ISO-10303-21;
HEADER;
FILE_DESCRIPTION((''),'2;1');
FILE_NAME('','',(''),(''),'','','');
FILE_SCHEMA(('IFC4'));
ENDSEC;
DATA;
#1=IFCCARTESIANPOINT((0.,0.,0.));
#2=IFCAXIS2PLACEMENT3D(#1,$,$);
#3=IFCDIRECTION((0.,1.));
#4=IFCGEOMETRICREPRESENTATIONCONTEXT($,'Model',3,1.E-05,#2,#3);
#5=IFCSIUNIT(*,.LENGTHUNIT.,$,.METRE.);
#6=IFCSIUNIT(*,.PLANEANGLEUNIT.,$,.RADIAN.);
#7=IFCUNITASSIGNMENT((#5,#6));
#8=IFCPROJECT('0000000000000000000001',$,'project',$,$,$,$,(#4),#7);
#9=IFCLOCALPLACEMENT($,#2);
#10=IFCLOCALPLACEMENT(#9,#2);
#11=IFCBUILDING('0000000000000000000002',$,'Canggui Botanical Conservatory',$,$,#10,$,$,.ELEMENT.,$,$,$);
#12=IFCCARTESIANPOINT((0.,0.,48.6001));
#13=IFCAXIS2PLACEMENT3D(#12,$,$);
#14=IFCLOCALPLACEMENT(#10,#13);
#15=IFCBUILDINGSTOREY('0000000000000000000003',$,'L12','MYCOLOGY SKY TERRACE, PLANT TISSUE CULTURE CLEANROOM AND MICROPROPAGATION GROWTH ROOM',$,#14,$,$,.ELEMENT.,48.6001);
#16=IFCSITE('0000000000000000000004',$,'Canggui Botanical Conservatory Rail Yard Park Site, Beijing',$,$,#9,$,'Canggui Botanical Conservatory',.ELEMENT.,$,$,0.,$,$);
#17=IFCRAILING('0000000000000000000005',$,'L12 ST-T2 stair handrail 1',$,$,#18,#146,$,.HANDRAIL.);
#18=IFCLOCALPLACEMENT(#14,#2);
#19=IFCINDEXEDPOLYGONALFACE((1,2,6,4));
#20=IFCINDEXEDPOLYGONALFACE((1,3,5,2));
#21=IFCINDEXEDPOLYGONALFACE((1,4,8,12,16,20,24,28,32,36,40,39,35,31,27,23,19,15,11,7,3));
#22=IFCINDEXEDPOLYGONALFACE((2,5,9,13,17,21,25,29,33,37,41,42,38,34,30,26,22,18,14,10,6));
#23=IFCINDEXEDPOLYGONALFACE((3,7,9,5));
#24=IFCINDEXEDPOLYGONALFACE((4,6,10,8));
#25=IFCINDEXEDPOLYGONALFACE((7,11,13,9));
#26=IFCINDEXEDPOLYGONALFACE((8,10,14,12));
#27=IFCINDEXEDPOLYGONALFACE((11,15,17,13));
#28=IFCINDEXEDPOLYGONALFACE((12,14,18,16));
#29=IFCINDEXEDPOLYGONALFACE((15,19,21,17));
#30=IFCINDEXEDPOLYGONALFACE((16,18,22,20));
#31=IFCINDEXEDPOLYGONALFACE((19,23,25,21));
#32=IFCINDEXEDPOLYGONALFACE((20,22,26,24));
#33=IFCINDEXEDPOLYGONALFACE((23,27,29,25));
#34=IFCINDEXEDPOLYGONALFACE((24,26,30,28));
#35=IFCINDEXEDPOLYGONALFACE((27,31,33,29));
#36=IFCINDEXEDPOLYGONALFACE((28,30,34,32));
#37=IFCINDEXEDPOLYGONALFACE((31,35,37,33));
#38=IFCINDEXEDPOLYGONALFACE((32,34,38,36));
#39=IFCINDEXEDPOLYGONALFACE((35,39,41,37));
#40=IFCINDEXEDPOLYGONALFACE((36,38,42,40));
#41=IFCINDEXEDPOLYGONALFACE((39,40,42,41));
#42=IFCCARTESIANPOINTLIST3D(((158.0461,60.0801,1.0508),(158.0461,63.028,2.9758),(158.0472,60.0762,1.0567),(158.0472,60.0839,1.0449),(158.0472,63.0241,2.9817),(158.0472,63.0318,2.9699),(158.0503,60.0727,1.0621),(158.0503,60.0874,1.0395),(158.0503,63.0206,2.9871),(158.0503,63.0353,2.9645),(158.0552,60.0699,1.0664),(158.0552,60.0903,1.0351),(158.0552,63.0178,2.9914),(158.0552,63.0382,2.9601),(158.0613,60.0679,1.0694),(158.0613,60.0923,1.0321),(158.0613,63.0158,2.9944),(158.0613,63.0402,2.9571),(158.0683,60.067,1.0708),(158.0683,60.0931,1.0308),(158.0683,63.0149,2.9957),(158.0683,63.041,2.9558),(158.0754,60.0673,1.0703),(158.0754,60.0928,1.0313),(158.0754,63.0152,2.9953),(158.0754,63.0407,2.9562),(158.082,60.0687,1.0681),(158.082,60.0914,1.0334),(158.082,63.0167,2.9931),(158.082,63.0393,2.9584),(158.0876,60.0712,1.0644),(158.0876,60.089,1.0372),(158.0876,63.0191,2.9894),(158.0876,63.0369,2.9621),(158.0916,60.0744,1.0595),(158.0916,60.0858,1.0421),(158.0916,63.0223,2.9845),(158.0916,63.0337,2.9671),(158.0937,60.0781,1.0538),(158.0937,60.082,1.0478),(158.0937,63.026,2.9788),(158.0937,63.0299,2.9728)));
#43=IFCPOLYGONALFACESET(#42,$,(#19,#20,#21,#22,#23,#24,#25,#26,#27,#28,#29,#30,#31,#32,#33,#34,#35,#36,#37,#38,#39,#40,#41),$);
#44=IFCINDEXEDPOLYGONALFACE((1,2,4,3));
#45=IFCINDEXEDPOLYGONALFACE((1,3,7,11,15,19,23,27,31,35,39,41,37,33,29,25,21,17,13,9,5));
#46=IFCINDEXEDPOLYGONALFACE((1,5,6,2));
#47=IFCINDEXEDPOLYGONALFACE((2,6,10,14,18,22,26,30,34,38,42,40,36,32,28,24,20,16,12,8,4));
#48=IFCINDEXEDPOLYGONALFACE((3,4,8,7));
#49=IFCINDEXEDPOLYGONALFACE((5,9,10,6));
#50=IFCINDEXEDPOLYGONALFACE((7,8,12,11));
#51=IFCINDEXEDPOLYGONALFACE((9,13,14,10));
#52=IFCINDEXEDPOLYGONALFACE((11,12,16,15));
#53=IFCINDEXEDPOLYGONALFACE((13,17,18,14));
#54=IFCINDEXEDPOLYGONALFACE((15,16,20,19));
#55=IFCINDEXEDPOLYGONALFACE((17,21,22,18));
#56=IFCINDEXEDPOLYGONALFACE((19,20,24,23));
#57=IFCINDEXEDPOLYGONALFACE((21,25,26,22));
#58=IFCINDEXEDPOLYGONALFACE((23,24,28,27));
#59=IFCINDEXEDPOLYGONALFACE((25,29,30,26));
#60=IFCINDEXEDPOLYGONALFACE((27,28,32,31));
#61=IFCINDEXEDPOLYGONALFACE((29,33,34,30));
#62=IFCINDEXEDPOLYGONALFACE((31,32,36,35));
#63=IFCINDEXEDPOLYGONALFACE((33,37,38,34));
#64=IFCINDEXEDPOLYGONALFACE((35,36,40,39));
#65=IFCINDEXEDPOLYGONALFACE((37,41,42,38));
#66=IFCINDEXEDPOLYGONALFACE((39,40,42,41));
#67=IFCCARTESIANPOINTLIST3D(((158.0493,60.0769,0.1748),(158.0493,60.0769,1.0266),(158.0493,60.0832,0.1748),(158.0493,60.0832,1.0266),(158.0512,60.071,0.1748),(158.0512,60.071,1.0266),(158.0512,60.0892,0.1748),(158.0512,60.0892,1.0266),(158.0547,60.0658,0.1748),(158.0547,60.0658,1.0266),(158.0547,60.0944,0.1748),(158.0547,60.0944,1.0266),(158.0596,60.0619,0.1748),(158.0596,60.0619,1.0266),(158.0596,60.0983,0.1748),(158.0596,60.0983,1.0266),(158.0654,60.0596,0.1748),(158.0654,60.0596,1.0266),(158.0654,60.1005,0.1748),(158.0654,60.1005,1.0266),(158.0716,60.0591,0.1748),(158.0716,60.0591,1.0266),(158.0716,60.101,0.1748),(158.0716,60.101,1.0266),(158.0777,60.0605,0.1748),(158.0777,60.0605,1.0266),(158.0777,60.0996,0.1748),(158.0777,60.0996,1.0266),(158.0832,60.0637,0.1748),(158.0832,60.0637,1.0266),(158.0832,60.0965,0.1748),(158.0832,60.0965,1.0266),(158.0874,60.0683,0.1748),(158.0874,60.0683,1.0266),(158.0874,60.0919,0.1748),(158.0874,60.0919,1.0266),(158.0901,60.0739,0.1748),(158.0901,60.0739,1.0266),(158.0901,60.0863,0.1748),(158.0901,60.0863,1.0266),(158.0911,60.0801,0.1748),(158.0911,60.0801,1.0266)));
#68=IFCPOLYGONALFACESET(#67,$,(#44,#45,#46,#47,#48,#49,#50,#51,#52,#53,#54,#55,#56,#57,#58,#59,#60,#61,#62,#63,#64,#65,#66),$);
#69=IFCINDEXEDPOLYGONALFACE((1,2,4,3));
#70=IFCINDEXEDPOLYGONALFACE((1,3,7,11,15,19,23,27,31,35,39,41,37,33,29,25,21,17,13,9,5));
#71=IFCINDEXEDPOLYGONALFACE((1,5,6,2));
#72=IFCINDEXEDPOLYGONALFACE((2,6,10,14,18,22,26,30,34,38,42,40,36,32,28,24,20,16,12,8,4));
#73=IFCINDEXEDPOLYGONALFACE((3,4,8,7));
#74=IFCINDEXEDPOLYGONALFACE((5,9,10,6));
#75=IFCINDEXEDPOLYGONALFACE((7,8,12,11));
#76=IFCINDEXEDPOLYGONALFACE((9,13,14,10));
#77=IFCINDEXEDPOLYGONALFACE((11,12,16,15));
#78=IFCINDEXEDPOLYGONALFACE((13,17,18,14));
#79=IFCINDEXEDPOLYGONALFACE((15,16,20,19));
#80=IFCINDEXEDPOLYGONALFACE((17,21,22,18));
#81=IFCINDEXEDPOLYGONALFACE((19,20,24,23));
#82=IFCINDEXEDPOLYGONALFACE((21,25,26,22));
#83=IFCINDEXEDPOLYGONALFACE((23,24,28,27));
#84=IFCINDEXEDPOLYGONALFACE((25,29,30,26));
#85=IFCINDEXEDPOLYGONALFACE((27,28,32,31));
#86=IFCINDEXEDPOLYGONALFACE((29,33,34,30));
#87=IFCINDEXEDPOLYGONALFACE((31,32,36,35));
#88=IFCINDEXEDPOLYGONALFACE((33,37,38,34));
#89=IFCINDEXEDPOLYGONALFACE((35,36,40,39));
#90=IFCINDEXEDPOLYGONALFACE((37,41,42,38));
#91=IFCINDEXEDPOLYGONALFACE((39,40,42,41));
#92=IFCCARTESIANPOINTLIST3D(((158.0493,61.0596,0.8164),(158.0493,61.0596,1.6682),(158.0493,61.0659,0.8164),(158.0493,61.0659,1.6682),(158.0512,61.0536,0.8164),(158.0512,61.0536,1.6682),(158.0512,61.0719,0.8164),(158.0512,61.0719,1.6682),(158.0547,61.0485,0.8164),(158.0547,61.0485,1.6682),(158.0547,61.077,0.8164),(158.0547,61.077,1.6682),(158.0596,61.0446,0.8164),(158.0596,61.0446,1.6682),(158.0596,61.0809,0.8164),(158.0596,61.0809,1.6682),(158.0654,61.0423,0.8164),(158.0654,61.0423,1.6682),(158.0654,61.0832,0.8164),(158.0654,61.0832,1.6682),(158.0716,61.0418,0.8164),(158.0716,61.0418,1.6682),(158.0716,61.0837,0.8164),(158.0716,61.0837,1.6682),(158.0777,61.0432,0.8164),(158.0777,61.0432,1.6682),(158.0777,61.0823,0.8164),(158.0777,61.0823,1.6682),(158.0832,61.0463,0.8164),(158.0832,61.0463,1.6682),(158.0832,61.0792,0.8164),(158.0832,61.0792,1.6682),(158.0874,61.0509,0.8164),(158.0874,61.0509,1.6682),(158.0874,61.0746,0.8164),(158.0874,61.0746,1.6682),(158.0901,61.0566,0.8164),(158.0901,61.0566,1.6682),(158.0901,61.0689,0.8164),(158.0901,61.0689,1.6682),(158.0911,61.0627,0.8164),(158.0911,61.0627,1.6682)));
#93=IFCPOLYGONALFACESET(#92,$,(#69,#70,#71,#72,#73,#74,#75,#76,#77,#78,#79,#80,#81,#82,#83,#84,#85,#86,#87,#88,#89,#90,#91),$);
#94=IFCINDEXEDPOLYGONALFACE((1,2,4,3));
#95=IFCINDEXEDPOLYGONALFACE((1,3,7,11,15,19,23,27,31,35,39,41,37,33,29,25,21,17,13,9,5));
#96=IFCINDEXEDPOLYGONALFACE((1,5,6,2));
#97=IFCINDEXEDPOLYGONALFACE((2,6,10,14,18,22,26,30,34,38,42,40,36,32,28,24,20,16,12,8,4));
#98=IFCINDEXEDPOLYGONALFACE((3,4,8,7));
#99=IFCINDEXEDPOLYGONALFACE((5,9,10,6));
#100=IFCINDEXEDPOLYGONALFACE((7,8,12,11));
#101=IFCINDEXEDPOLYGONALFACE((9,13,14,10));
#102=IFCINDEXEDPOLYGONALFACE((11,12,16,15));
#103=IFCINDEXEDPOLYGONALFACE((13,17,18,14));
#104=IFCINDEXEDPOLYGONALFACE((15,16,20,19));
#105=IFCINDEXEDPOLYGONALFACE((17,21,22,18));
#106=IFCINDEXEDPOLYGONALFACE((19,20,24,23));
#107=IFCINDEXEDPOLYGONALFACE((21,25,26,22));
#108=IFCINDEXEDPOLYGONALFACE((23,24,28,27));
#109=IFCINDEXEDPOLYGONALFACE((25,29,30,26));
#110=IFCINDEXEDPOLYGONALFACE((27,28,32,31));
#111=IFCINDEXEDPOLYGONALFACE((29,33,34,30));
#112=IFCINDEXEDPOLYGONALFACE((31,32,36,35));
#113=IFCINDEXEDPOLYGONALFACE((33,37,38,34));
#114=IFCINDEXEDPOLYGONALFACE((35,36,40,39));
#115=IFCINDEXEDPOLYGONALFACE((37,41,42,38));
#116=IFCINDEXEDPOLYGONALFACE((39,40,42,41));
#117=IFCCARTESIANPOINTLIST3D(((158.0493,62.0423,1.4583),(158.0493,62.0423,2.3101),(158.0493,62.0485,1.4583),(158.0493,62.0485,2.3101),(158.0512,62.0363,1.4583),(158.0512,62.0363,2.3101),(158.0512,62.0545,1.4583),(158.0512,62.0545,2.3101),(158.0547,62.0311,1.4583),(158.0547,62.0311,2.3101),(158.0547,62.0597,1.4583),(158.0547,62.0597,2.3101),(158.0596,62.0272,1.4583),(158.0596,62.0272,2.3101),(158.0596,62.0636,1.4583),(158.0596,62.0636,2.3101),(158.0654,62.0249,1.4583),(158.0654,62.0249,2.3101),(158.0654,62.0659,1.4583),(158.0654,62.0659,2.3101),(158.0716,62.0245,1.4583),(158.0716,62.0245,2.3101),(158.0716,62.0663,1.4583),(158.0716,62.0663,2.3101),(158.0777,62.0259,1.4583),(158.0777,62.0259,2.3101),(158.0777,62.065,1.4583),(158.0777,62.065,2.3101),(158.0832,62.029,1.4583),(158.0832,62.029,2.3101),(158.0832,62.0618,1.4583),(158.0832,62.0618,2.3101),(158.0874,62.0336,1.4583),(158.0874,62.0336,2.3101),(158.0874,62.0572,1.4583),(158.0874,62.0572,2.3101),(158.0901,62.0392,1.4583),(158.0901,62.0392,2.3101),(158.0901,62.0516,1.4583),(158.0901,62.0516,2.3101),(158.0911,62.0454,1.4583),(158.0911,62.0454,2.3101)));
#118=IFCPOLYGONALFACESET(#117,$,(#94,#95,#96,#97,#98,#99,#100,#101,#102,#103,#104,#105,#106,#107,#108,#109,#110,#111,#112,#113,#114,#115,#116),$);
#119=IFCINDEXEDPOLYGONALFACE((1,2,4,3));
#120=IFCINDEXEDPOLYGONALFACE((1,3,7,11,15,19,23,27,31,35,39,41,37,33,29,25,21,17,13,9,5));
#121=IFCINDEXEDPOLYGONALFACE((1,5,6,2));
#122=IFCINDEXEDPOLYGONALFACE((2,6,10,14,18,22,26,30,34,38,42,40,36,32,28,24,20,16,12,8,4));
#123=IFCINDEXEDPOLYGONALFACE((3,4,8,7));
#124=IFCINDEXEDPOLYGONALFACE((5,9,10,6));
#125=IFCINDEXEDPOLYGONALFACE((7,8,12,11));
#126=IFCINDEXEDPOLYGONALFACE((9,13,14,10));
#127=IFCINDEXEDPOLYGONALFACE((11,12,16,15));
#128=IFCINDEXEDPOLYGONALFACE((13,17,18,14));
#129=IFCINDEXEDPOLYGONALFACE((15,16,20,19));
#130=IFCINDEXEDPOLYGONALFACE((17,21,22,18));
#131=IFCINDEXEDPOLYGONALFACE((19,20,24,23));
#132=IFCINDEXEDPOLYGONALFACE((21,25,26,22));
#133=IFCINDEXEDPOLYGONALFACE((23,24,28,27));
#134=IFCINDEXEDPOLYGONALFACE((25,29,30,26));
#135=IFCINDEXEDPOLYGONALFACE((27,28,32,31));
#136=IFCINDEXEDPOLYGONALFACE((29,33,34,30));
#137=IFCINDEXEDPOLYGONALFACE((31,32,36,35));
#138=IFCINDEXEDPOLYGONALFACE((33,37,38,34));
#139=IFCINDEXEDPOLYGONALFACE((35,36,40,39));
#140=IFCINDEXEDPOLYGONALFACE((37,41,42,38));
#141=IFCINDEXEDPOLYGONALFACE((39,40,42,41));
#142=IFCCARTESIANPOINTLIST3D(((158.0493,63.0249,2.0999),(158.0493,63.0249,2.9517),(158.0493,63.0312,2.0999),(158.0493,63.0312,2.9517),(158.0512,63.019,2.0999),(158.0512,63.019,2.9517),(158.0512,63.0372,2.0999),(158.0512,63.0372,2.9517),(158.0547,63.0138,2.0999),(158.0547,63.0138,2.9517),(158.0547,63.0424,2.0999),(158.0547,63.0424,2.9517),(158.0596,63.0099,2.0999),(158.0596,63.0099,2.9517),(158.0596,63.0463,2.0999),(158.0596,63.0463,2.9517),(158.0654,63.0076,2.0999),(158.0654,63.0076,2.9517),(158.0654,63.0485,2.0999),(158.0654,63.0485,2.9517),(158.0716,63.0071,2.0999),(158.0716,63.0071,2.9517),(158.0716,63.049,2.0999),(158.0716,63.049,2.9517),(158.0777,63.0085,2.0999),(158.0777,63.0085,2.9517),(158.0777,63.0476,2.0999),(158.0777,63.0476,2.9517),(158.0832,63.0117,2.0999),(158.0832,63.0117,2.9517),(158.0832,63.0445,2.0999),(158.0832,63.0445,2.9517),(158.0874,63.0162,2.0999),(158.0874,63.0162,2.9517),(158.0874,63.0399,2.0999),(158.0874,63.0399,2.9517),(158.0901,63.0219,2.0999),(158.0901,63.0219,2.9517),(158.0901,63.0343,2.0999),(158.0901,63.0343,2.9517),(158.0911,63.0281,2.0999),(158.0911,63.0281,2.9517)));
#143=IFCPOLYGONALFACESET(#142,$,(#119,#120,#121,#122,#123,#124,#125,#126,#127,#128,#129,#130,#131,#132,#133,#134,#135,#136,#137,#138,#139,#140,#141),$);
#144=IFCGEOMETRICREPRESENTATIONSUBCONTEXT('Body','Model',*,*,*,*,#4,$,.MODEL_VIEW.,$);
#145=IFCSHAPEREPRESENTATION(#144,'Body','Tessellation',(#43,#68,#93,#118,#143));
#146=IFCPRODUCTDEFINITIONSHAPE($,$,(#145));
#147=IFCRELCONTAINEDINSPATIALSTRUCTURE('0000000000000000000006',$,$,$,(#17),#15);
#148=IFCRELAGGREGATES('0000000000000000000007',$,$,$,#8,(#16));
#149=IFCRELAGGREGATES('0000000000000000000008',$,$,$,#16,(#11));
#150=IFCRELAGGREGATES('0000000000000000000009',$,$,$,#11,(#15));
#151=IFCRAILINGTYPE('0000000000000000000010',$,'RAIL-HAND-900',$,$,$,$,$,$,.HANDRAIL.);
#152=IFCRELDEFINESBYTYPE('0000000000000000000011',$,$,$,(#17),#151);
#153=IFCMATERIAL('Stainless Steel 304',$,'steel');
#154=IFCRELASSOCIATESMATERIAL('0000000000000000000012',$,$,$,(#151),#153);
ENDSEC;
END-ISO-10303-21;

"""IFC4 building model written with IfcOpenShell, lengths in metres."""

from ifc_helpers import new_model, si_unit, direction, frame, origin, origin_2d, place, context, subcontext, project, spatial, circle, extrude, material, type_object, element, save


model = new_model("IFC4")

# Units and contexts
model_context = context("Model", 3, precision=1e-05, world=origin(), true_north=direction((0.0, 1.0)))
body_context = subcontext(model_context, "Body", "Model", "MODEL_VIEW")
ifc_project = project(units=[si_unit("LENGTHUNIT", "METRE"), si_unit("PLANEANGLEUNIT", "RADIAN")], contexts=[model_context])

# Site, building, storey
site_placement = place(None, origin())
site = spatial("IfcSite", under=ifc_project, at=site_placement, Name="Canggui Botanical Conservatory Rail Yard Park Site, Beijing", LongName="Canggui Botanical Conservatory", CompositionType="ELEMENT", RefElevation=0.0)
building_placement = place(site_placement, origin())
building = spatial("IfcBuilding", under=site, at=building_placement, Name="Canggui Botanical Conservatory", CompositionType="ELEMENT")
storey_placement = place(building_placement, frame((0.0, 0.0, 48.6001)))
storey = spatial("IfcBuildingStorey", under=building, at=storey_placement, Name="L12", Description="MYCOLOGY SKY TERRACE, PLANT TISSUE CULTURE CLEANROOM AND MICROPROPAGATION GROWTH ROOM", CompositionType="ELEMENT", Elevation=48.6001)

# Railing
ifc_material_1 = material(Name="Stainless Steel 304", Category="steel")
railing_type_1 = type_object("IfcRailingType", Name="RAIL-HAND-900", PredefinedType="HANDRAIL", material=ifc_material_1)
railing_1_placement = place(storey_placement, frame((158.0701, 60.0801, 0.1748)))
element("IfcRailing", 1, at=railing_1_placement, inside=storey, type_object=railing_type_1, Name="L12 ST-T2 stair handrail 1", PredefinedType="HANDRAIL", context=body_context, shape_type="SweptSolid", body=[
    extrude(circle(Radius=0.0239, at=origin_2d()), frame((0.0, 0.0, 0.876), z_axis=(0.0, 0.837293, 0.546754), x_axis=(-1.0, 0.0, 0.0)), (0.0, 0.0, 1.0), 3.5208),
    extrude(circle(Radius=0.021, at=origin_2d()), origin(), (0.0, 0.0, 1.0), 0.8518),
    extrude(circle(Radius=0.021, at=origin_2d()), frame((0.0, 0.9827, 0.6416)), (0.0, 0.0, 1.0), 0.8518),
    extrude(circle(Radius=0.021, at=origin_2d()), frame((0.0, 1.9653, 1.2834)), (0.0, 0.0, 1.0), 0.8518),
    extrude(circle(Radius=0.021, at=origin_2d()), frame((0.0, 2.948, 1.925)), (0.0, 0.0, 1.0), 0.8518),
])

save(model, "model.ifc")
